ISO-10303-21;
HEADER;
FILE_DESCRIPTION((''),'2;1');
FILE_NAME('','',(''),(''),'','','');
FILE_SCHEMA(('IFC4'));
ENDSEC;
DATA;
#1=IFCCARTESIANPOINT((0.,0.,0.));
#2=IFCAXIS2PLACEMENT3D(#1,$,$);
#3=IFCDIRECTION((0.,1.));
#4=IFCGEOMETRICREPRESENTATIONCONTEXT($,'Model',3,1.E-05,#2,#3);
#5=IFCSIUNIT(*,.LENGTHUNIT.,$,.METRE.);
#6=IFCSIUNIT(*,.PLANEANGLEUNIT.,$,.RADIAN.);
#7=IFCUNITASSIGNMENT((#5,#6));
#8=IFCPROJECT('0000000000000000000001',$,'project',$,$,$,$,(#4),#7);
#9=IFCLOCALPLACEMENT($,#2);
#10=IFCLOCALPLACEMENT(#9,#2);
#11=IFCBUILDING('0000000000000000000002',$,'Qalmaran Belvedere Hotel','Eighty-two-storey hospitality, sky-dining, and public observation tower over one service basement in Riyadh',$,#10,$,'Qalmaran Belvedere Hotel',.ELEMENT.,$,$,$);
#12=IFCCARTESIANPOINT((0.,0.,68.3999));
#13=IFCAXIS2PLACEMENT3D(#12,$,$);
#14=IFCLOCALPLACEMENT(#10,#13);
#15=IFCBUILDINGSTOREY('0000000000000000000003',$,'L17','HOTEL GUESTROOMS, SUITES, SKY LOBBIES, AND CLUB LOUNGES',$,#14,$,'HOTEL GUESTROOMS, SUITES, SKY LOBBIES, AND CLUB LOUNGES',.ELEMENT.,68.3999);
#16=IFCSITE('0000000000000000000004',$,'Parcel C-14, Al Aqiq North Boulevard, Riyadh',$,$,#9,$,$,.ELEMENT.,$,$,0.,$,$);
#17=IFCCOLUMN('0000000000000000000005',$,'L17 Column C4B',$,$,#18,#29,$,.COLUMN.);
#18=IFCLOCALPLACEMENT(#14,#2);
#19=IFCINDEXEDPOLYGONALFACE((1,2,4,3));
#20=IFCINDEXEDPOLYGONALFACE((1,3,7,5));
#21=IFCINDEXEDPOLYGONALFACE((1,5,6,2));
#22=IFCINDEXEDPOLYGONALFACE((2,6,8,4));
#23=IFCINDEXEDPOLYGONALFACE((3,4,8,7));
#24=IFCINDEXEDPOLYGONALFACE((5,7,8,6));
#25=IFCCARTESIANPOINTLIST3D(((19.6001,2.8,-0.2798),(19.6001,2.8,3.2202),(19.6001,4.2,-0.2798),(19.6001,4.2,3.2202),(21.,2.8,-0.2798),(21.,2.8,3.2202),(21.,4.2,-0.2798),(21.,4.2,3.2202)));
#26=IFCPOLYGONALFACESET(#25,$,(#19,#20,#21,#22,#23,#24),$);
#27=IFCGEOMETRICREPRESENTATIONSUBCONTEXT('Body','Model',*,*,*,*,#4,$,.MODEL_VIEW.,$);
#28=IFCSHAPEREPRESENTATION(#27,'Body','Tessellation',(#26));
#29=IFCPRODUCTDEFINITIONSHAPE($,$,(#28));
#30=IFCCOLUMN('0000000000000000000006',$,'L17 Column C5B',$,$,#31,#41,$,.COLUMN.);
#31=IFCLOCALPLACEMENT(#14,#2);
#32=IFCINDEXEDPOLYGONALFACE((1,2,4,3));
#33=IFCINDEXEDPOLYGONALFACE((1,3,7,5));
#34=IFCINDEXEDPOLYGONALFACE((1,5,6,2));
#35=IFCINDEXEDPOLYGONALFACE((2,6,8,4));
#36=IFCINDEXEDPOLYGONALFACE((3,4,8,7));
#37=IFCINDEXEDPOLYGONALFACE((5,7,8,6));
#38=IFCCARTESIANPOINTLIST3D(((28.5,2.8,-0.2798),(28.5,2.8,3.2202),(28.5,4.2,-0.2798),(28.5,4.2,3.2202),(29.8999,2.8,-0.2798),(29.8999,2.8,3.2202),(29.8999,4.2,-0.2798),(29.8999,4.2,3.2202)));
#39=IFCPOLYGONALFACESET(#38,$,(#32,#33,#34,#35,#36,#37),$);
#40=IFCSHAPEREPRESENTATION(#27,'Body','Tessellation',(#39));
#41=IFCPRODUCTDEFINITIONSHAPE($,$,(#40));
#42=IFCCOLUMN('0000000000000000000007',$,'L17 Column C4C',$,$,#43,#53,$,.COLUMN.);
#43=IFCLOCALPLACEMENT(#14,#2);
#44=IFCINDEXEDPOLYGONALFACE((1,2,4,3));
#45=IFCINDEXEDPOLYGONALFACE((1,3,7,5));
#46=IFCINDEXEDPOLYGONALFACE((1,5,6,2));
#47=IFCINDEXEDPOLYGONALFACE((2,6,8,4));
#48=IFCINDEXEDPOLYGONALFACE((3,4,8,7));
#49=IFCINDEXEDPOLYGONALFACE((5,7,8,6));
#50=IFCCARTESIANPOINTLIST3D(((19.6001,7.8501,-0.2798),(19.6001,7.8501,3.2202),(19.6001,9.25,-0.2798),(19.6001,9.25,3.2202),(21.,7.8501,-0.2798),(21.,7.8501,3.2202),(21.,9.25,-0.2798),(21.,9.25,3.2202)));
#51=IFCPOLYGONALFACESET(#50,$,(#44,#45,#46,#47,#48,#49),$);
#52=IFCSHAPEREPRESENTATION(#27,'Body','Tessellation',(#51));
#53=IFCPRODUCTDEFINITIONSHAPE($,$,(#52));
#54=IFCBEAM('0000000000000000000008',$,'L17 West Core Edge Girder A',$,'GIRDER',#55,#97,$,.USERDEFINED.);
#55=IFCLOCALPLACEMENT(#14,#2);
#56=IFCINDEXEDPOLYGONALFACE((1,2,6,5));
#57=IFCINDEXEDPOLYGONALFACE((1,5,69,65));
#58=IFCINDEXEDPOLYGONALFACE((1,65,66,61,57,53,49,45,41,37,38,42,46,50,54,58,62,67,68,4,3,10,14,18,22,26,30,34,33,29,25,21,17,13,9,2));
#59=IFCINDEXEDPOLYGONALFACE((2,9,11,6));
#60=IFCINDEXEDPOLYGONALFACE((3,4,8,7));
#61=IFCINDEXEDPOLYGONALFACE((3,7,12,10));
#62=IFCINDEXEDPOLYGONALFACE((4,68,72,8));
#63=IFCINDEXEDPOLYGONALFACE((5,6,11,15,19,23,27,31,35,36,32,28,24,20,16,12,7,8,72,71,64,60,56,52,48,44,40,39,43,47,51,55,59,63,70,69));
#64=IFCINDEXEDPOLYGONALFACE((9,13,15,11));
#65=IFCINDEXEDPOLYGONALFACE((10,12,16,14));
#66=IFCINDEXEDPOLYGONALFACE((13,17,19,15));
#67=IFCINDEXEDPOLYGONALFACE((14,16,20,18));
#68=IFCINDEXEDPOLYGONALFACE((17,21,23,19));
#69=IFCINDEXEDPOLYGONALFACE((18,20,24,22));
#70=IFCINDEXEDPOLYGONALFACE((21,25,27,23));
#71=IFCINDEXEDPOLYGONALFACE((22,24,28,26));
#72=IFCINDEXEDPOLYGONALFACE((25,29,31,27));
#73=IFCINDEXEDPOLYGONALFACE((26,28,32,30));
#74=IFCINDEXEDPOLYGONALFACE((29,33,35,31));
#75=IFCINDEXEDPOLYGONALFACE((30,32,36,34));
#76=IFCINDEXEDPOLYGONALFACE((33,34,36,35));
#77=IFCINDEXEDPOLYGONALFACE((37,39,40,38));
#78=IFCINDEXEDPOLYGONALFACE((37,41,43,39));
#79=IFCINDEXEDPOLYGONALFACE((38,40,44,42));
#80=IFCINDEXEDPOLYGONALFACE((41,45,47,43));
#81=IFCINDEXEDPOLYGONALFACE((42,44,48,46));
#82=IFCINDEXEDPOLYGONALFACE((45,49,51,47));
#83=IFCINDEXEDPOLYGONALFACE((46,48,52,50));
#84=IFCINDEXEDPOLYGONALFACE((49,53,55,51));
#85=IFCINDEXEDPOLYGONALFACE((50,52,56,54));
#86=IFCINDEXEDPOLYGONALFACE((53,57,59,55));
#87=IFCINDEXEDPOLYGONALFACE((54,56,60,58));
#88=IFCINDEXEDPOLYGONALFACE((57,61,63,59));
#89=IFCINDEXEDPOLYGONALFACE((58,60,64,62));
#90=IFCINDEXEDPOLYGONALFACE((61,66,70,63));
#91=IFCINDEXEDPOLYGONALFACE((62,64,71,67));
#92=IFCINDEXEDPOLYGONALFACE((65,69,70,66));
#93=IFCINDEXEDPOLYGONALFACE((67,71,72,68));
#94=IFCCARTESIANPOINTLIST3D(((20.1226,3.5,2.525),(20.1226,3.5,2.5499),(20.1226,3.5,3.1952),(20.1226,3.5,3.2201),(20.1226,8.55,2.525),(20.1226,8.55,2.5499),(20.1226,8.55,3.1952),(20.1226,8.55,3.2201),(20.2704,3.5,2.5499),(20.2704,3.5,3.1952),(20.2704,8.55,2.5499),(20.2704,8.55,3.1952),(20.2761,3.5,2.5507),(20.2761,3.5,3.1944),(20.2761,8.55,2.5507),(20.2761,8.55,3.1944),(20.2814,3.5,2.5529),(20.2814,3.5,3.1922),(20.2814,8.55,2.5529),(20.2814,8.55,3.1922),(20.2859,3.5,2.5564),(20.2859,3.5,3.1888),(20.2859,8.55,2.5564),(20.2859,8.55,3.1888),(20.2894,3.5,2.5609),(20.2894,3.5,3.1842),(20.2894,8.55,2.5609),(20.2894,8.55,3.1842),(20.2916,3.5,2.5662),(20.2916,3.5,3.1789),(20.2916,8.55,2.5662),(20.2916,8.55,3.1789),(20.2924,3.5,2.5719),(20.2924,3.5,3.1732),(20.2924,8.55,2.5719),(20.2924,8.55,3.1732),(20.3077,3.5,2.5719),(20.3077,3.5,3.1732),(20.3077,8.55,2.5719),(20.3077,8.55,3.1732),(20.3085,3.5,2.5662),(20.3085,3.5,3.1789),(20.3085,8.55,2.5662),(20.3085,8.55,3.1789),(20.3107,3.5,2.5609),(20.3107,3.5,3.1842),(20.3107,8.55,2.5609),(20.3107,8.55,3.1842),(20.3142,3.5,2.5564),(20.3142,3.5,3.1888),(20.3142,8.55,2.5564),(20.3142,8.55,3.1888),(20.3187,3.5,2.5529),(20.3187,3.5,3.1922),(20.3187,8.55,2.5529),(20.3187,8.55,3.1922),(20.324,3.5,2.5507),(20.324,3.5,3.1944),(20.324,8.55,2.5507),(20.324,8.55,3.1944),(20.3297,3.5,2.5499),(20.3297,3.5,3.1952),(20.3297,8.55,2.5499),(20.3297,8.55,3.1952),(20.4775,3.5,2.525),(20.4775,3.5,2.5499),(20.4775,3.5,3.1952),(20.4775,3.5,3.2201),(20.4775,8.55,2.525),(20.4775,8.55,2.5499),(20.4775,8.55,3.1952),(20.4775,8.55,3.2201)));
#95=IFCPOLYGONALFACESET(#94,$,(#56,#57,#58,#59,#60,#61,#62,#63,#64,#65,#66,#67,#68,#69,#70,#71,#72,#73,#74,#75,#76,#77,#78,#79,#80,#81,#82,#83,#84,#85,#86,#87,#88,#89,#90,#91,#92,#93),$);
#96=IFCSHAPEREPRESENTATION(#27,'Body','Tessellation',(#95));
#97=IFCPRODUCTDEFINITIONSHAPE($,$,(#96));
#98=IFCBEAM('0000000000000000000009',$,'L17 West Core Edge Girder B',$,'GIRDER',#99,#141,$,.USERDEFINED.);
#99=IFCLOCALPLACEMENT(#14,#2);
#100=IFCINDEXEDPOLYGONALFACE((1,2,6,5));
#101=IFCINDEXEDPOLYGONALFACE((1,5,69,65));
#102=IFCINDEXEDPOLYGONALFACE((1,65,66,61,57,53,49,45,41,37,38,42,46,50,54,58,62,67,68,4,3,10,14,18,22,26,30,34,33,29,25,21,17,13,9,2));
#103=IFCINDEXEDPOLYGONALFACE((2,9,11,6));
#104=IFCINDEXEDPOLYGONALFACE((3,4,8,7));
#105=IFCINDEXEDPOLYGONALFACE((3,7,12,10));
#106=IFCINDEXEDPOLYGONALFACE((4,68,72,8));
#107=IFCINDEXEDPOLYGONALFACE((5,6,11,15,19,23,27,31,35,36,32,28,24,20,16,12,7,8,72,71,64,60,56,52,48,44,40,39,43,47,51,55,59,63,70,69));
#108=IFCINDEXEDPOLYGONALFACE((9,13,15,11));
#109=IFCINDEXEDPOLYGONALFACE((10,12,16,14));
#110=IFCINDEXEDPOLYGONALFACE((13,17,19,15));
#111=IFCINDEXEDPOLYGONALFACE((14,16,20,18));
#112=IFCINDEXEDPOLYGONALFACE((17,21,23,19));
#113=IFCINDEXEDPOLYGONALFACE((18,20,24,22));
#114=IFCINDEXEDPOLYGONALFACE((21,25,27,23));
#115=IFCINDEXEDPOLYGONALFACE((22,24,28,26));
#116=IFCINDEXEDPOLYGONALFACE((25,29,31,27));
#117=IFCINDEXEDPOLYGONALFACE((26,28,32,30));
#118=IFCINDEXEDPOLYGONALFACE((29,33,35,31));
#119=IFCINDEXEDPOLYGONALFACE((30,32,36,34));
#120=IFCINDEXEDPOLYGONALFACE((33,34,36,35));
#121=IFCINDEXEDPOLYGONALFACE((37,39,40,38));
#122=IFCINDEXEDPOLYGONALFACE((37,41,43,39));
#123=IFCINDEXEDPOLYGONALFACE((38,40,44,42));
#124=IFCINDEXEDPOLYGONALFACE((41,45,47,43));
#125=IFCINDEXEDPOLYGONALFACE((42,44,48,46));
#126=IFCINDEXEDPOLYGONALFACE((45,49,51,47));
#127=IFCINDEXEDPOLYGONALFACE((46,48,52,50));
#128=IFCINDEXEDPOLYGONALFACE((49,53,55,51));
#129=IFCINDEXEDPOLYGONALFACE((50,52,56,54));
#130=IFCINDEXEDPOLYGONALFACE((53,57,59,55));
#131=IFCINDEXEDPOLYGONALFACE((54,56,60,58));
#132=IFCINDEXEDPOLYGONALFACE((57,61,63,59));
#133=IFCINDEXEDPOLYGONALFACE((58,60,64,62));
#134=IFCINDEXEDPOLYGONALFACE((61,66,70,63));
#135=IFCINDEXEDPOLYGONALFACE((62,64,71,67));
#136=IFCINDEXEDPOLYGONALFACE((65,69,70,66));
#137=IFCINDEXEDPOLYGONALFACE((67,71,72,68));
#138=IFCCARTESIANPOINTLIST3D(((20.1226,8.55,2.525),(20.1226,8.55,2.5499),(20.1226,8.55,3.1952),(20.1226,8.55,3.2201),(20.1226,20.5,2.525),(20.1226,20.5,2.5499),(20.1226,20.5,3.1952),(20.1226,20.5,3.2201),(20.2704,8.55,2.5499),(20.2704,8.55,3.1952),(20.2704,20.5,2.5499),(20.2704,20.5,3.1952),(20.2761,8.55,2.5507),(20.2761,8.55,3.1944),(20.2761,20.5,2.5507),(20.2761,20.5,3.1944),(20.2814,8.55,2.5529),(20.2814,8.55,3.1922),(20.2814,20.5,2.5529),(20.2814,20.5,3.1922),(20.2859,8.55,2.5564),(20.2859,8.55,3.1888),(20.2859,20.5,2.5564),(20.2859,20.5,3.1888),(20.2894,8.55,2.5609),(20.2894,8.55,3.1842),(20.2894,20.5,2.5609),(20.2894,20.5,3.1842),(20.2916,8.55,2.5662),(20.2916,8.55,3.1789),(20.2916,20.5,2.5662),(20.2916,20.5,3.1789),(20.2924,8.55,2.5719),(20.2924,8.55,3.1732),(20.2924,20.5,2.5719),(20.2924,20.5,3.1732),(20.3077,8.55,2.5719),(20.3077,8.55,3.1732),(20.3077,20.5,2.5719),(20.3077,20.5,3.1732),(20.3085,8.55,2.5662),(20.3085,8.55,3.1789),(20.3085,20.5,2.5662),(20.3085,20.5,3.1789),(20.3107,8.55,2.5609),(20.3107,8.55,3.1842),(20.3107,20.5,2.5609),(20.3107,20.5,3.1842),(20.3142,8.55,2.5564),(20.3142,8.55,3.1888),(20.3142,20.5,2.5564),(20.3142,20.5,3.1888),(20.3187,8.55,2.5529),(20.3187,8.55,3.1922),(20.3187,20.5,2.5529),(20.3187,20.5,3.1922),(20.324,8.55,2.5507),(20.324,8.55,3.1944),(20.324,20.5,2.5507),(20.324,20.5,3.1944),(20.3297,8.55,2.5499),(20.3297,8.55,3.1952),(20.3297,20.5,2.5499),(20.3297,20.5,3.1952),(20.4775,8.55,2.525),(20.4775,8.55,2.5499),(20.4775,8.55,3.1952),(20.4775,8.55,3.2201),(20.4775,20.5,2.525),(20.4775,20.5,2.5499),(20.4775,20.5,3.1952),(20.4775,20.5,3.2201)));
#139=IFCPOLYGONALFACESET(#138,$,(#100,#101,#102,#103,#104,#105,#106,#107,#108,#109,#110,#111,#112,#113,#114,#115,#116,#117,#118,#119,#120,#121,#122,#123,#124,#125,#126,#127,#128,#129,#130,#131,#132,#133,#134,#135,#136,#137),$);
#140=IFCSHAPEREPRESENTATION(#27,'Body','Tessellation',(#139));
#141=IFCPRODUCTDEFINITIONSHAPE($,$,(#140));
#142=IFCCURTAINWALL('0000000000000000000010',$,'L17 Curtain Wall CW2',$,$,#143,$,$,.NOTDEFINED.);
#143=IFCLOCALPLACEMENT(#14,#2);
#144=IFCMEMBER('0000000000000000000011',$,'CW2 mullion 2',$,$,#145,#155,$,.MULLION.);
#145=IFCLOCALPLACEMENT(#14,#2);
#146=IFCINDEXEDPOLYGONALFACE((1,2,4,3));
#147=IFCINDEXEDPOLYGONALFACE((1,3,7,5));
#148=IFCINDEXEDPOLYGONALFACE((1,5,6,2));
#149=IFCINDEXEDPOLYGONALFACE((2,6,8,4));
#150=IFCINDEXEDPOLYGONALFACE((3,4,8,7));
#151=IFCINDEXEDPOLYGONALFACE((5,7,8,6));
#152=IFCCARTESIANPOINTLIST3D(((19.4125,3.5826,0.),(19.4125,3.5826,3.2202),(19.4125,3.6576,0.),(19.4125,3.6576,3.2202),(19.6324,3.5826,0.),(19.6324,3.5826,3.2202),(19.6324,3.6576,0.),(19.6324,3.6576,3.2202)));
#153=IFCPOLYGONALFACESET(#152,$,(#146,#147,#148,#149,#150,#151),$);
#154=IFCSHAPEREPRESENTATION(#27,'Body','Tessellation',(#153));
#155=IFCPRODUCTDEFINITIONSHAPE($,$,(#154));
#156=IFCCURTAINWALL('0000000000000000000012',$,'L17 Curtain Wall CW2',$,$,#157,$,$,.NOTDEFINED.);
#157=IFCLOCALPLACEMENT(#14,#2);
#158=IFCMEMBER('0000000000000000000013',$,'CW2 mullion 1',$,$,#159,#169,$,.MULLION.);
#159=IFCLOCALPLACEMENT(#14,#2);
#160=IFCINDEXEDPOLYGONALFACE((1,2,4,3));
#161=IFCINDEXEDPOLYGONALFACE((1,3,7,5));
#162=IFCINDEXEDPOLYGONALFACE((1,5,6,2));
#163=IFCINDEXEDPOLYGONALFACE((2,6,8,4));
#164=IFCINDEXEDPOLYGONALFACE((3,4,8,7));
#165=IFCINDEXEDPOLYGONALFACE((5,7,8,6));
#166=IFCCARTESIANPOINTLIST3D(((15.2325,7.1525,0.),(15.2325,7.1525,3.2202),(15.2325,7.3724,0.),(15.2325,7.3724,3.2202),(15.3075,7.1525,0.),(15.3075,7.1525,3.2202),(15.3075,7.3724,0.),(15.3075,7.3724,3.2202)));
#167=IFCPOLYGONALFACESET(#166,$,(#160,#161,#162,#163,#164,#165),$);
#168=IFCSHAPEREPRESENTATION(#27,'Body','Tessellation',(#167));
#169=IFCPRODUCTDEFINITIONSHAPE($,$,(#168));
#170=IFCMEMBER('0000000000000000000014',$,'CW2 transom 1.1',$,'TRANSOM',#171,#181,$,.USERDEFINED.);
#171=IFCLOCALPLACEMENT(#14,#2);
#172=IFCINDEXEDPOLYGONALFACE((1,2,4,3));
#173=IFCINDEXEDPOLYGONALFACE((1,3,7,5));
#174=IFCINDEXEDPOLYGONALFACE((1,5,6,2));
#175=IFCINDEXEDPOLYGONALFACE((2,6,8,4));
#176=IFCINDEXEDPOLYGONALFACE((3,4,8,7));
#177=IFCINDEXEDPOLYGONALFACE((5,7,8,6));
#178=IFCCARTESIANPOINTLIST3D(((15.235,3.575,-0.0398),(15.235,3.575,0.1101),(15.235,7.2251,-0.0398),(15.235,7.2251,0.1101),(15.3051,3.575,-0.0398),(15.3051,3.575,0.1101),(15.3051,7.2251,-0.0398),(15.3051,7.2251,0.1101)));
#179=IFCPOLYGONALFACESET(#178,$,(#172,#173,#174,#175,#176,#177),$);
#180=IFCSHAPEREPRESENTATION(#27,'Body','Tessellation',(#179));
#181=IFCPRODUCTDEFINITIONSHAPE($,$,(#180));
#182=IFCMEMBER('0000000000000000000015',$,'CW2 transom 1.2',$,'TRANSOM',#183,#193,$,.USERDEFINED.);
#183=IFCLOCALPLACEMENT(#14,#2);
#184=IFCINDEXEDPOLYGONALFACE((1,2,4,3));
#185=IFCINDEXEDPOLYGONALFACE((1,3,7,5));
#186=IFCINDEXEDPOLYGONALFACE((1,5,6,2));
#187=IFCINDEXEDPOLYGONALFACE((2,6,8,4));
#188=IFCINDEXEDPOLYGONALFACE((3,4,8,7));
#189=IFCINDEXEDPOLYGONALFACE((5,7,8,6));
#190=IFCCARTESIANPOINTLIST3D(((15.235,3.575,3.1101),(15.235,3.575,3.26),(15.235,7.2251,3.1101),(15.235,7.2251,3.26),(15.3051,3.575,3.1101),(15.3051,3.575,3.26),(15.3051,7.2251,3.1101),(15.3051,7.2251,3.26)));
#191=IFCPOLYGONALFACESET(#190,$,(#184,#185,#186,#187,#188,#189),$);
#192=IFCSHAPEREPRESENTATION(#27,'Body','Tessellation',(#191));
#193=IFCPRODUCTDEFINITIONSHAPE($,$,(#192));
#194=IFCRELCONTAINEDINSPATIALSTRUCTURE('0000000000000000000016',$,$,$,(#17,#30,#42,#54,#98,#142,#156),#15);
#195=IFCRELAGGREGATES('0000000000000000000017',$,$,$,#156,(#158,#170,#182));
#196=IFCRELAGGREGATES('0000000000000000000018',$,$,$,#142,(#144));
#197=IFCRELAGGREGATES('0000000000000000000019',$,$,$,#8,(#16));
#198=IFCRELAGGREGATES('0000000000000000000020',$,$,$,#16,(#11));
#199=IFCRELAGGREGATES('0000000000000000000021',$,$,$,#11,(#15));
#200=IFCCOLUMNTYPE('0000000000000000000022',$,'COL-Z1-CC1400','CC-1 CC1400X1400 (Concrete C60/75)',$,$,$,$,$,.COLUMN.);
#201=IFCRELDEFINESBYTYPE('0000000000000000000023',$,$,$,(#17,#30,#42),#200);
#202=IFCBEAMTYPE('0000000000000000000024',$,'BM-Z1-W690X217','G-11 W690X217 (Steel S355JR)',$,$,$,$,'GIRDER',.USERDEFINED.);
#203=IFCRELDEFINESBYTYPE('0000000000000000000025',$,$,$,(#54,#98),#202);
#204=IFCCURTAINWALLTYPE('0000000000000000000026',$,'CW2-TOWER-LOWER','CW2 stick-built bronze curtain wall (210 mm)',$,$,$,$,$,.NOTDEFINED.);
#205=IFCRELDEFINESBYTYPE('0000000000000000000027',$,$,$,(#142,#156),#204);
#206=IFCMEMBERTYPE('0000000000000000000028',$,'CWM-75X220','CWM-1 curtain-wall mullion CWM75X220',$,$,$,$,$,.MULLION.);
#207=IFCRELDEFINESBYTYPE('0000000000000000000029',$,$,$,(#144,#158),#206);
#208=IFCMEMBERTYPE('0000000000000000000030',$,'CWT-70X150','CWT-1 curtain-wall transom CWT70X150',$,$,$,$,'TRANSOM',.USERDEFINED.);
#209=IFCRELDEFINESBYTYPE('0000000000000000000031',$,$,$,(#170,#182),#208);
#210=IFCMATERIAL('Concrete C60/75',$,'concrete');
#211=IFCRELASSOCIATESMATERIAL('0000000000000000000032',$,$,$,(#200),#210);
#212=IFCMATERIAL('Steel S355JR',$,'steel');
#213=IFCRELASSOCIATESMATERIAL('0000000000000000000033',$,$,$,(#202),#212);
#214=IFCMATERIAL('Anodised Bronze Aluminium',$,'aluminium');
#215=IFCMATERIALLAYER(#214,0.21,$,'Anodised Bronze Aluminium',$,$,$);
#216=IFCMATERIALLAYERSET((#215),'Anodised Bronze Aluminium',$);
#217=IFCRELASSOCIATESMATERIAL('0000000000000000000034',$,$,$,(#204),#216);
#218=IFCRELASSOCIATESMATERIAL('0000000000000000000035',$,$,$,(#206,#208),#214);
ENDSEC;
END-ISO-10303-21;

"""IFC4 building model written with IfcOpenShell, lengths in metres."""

from ifc_helpers import new_model, si_unit, direction, frame, origin, origin_2d, place, context, subcontext, project, spatial, rectangle, i_section, extrude, material, layer, layer_set, material_profile, profile_set, type_object, element, aggregate, save


model = new_model("IFC4")

# Units and contexts
model_context = context("Model", 3, precision=1e-05, world=origin(), true_north=direction((0.0, 1.0)))
body_context = subcontext(model_context, "Body", "Model", "MODEL_VIEW")
ifc_project = project(units=[si_unit("LENGTHUNIT", "METRE"), si_unit("PLANEANGLEUNIT", "RADIAN")], contexts=[model_context])

# Site, building, storey
site_placement = place(None, origin())
site = spatial("IfcSite", under=ifc_project, at=site_placement, Name="Parcel C-14, Al Aqiq North Boulevard, Riyadh", CompositionType="ELEMENT", RefElevation=0.0)
building_placement = place(site_placement, origin())
building = spatial("IfcBuilding", under=site, at=building_placement, Name="Qalmaran Belvedere Hotel", Description="Eighty-two-storey hospitality, sky-dining, and public observation tower over one service basement in Riyadh", LongName="Qalmaran Belvedere Hotel", CompositionType="ELEMENT")
storey_placement = place(building_placement, frame((0.0, 0.0, 68.3999)))
storey = spatial("IfcBuildingStorey", under=building, at=storey_placement, Name="L17", Description="HOTEL GUESTROOMS, SUITES, SKY LOBBIES, AND CLUB LOUNGES", LongName="HOTEL GUESTROOMS, SUITES, SKY LOBBIES, AND CLUB LOUNGES", CompositionType="ELEMENT", Elevation=68.3999)

# Columns
ifc_material_1 = material(Name="Concrete C60/75", Category="concrete")
ifc_material_profile_1 = material_profile(ifc_material_1, rectangle(XDim=1.3999, YDim=1.3999, at=origin_2d()), Name="CC1400X1400")
ifc_profile_set_1 = profile_set([ifc_material_profile_1], Name="Concrete C60/75")
column_type = type_object("IfcColumnType", Name="COL-Z1-CC1400", Description="CC-1 CC1400X1400 (Concrete C60/75)", PredefinedType="COLUMN", material=ifc_profile_set_1)
for number, where, z_axis, x_axis, name in (
    (1, (20.3, 3.5, -0.2798), (0.0, 0.0, 1.0), (1.0, 0.0, 0.0), "L17 Column C4B"),
    (2, (29.2, 3.5, -0.2798), (0.0, 0.0, 1.0), (1.0, 0.0, 0.0), "L17 Column C5B"),
    (3, (20.3, 8.55, -0.2798), (0.0, 0.0, 1.0), (1.0, 0.0, 0.0), "L17 Column C4C"),
):
    element("IfcColumn", number, at=place(storey_placement, frame(where, z_axis=z_axis, x_axis=x_axis)), inside=storey, type_object=column_type, Name=name, PredefinedType="COLUMN", context=body_context, shape_type="SweptSolid", body=[
        extrude(rectangle(XDim=1.3999, YDim=1.3999, at=origin_2d()), origin(), (0.0, 0.0, 1.0), 3.5),
    ])

# Beams
ifc_material_2 = material(Name="Steel S355JR", Category="steel")
ifc_material_profile_2 = material_profile(ifc_material_2, i_section(OverallWidth=0.355, OverallDepth=0.6951, WebThickness=0.0154, FlangeThickness=0.0249, FilletRadius=0.022, at=origin_2d()), Name="W690X217")
ifc_profile_set_2 = profile_set([ifc_material_profile_2], Name="Steel S355JR")
beam_type = type_object("IfcBeamType", Name="BM-Z1-W690X217", Description="G-11 W690X217 (Steel S355JR)", ElementType="GIRDER", PredefinedType="USERDEFINED", material=ifc_profile_set_2)
beam_1_placement = place(storey_placement, frame((20.3, 3.5, 2.8726), z_axis=(0.0, 1.0, 0.0), x_axis=(-1.0, 0.0, 0.0)))
element("IfcBeam", 4, at=beam_1_placement, inside=storey, type_object=beam_type, Name="L17 West Core Edge Girder A", ObjectType="GIRDER", PredefinedType="USERDEFINED", context=body_context, shape_type="SweptSolid", body=[
    extrude(i_section(OverallWidth=0.355, OverallDepth=0.6951, WebThickness=0.0154, FlangeThickness=0.0249, FilletRadius=0.022, at=origin_2d()), origin(), (0.0, 0.0, 1.0), 5.05),
])
beam_2_placement = place(storey_placement, frame((20.3, 8.55, 2.8726), z_axis=(0.0, 1.0, 0.0), x_axis=(-1.0, 0.0, 0.0)))
element("IfcBeam", 5, at=beam_2_placement, inside=storey, type_object=beam_type, Name="L17 West Core Edge Girder B", ObjectType="GIRDER", PredefinedType="USERDEFINED", context=body_context, shape_type="SweptSolid", body=[
    extrude(i_section(OverallWidth=0.355, OverallDepth=0.6951, WebThickness=0.0154, FlangeThickness=0.0249, FilletRadius=0.022, at=origin_2d()), origin(), (0.0, 0.0, 1.0), 11.95),
])

# Curtain wall, member
ifc_material_3 = material(Name="Anodised Bronze Aluminium", Category="aluminium")
ifc_layer_1 = layer(ifc_material_3, 0.21, Name="Anodised Bronze Aluminium")
ifc_layer_set_1 = layer_set([ifc_layer_1], Name="Anodised Bronze Aluminium")
curtain_wall_type = type_object("IfcCurtainWallType", Name="CW2-TOWER-LOWER", Description="CW2 stick-built bronze curtain wall (210 mm)", PredefinedType="NOTDEFINED", material=ifc_layer_set_1)
curtain_wall_1_placement = place(storey_placement, origin())
curtain_wall_1 = element("IfcCurtainWall", 6, at=curtain_wall_1_placement, inside=storey, type_object=curtain_wall_type, Name="L17 Curtain Wall CW2", PredefinedType="NOTDEFINED")
ifc_material_profile_3 = material_profile(ifc_material_3, rectangle(XDim=0.075, YDim=0.22, at=origin_2d()), Name="CWM75X220")
ifc_profile_set_3 = profile_set([ifc_material_profile_3], Name="Anodised Bronze Aluminium")
member_type_1 = type_object("IfcMemberType", Name="CWM-75X220", Description="CWM-1 curtain-wall mullion CWM75X220", PredefinedType="MULLION", material=ifc_profile_set_3)
member_1_placement = place(storey_placement, frame((19.5225, 3.6201, 0.0), z_axis=(0.0, 0.0, 1.0), x_axis=(0.0, 1.0, 0.0)))
member_1 = element("IfcMember", 7, at=member_1_placement, type_object=member_type_1, Name="CW2 mullion 2", PredefinedType="MULLION", context=body_context, shape_type="SweptSolid", body=[
    extrude(rectangle(XDim=0.075, YDim=0.22, at=origin_2d()), origin(), (0.0, 0.0, 1.0), 3.2202),
])

# Curtain wall, members
curtain_wall_2_placement = place(storey_placement, origin())
curtain_wall_2 = element("IfcCurtainWall", 8, at=curtain_wall_2_placement, inside=storey, type_object=curtain_wall_type, Name="L17 Curtain Wall CW2", PredefinedType="NOTDEFINED")
member_2_placement = place(storey_placement, frame((15.27, 7.2625, 0.0), z_axis=(0.0, 0.0, 1.0), x_axis=(1.0, 0.0, 0.0)))
member_2 = element("IfcMember", 9, at=member_2_placement, type_object=member_type_1, Name="CW2 mullion 1", PredefinedType="MULLION", context=body_context, shape_type="SweptSolid", body=[
    extrude(rectangle(XDim=0.075, YDim=0.22, at=origin_2d()), origin(), (0.0, 0.0, 1.0), 3.2202),
])
ifc_material_profile_4 = material_profile(ifc_material_3, rectangle(XDim=0.0701, YDim=0.1499, at=origin_2d()), Name="CWT70X150")
ifc_profile_set_4 = profile_set([ifc_material_profile_4], Name="Anodised Bronze Aluminium")
member_type_2 = type_object("IfcMemberType", Name="CWT-70X150", Description="CWT-1 curtain-wall transom CWT70X150", ElementType="TRANSOM", PredefinedType="USERDEFINED", material=ifc_profile_set_4)
member_3_placement = place(storey_placement, frame((15.27, 7.2251, 0.0352), z_axis=(0.0, -1.0, 0.0), x_axis=(1.0, 0.0, 0.0)))
member_3 = element("IfcMember", 10, at=member_3_placement, type_object=member_type_2, Name="CW2 transom 1.1", ObjectType="TRANSOM", PredefinedType="USERDEFINED", context=body_context, shape_type="SweptSolid", body=[
    extrude(rectangle(XDim=0.0701, YDim=0.1499, at=origin_2d()), origin(), (0.0, 0.0, 1.0), 3.6501),
])
member_4_placement = place(storey_placement, frame((15.27, 7.2251, 3.1851), z_axis=(0.0, -1.0, 0.0), x_axis=(1.0, 0.0, 0.0)))
member_4 = element("IfcMember", 11, at=member_4_placement, type_object=member_type_2, Name="CW2 transom 1.2", ObjectType="TRANSOM", PredefinedType="USERDEFINED", context=body_context, shape_type="SweptSolid", body=[
    extrude(rectangle(XDim=0.0701, YDim=0.1499, at=origin_2d()), origin(), (0.0, 0.0, 1.0), 3.6501),
])
aggregate(curtain_wall_2, [member_2, member_3, member_4])

aggregate(curtain_wall_1, [member_1])

save(model, "model.ifc")
